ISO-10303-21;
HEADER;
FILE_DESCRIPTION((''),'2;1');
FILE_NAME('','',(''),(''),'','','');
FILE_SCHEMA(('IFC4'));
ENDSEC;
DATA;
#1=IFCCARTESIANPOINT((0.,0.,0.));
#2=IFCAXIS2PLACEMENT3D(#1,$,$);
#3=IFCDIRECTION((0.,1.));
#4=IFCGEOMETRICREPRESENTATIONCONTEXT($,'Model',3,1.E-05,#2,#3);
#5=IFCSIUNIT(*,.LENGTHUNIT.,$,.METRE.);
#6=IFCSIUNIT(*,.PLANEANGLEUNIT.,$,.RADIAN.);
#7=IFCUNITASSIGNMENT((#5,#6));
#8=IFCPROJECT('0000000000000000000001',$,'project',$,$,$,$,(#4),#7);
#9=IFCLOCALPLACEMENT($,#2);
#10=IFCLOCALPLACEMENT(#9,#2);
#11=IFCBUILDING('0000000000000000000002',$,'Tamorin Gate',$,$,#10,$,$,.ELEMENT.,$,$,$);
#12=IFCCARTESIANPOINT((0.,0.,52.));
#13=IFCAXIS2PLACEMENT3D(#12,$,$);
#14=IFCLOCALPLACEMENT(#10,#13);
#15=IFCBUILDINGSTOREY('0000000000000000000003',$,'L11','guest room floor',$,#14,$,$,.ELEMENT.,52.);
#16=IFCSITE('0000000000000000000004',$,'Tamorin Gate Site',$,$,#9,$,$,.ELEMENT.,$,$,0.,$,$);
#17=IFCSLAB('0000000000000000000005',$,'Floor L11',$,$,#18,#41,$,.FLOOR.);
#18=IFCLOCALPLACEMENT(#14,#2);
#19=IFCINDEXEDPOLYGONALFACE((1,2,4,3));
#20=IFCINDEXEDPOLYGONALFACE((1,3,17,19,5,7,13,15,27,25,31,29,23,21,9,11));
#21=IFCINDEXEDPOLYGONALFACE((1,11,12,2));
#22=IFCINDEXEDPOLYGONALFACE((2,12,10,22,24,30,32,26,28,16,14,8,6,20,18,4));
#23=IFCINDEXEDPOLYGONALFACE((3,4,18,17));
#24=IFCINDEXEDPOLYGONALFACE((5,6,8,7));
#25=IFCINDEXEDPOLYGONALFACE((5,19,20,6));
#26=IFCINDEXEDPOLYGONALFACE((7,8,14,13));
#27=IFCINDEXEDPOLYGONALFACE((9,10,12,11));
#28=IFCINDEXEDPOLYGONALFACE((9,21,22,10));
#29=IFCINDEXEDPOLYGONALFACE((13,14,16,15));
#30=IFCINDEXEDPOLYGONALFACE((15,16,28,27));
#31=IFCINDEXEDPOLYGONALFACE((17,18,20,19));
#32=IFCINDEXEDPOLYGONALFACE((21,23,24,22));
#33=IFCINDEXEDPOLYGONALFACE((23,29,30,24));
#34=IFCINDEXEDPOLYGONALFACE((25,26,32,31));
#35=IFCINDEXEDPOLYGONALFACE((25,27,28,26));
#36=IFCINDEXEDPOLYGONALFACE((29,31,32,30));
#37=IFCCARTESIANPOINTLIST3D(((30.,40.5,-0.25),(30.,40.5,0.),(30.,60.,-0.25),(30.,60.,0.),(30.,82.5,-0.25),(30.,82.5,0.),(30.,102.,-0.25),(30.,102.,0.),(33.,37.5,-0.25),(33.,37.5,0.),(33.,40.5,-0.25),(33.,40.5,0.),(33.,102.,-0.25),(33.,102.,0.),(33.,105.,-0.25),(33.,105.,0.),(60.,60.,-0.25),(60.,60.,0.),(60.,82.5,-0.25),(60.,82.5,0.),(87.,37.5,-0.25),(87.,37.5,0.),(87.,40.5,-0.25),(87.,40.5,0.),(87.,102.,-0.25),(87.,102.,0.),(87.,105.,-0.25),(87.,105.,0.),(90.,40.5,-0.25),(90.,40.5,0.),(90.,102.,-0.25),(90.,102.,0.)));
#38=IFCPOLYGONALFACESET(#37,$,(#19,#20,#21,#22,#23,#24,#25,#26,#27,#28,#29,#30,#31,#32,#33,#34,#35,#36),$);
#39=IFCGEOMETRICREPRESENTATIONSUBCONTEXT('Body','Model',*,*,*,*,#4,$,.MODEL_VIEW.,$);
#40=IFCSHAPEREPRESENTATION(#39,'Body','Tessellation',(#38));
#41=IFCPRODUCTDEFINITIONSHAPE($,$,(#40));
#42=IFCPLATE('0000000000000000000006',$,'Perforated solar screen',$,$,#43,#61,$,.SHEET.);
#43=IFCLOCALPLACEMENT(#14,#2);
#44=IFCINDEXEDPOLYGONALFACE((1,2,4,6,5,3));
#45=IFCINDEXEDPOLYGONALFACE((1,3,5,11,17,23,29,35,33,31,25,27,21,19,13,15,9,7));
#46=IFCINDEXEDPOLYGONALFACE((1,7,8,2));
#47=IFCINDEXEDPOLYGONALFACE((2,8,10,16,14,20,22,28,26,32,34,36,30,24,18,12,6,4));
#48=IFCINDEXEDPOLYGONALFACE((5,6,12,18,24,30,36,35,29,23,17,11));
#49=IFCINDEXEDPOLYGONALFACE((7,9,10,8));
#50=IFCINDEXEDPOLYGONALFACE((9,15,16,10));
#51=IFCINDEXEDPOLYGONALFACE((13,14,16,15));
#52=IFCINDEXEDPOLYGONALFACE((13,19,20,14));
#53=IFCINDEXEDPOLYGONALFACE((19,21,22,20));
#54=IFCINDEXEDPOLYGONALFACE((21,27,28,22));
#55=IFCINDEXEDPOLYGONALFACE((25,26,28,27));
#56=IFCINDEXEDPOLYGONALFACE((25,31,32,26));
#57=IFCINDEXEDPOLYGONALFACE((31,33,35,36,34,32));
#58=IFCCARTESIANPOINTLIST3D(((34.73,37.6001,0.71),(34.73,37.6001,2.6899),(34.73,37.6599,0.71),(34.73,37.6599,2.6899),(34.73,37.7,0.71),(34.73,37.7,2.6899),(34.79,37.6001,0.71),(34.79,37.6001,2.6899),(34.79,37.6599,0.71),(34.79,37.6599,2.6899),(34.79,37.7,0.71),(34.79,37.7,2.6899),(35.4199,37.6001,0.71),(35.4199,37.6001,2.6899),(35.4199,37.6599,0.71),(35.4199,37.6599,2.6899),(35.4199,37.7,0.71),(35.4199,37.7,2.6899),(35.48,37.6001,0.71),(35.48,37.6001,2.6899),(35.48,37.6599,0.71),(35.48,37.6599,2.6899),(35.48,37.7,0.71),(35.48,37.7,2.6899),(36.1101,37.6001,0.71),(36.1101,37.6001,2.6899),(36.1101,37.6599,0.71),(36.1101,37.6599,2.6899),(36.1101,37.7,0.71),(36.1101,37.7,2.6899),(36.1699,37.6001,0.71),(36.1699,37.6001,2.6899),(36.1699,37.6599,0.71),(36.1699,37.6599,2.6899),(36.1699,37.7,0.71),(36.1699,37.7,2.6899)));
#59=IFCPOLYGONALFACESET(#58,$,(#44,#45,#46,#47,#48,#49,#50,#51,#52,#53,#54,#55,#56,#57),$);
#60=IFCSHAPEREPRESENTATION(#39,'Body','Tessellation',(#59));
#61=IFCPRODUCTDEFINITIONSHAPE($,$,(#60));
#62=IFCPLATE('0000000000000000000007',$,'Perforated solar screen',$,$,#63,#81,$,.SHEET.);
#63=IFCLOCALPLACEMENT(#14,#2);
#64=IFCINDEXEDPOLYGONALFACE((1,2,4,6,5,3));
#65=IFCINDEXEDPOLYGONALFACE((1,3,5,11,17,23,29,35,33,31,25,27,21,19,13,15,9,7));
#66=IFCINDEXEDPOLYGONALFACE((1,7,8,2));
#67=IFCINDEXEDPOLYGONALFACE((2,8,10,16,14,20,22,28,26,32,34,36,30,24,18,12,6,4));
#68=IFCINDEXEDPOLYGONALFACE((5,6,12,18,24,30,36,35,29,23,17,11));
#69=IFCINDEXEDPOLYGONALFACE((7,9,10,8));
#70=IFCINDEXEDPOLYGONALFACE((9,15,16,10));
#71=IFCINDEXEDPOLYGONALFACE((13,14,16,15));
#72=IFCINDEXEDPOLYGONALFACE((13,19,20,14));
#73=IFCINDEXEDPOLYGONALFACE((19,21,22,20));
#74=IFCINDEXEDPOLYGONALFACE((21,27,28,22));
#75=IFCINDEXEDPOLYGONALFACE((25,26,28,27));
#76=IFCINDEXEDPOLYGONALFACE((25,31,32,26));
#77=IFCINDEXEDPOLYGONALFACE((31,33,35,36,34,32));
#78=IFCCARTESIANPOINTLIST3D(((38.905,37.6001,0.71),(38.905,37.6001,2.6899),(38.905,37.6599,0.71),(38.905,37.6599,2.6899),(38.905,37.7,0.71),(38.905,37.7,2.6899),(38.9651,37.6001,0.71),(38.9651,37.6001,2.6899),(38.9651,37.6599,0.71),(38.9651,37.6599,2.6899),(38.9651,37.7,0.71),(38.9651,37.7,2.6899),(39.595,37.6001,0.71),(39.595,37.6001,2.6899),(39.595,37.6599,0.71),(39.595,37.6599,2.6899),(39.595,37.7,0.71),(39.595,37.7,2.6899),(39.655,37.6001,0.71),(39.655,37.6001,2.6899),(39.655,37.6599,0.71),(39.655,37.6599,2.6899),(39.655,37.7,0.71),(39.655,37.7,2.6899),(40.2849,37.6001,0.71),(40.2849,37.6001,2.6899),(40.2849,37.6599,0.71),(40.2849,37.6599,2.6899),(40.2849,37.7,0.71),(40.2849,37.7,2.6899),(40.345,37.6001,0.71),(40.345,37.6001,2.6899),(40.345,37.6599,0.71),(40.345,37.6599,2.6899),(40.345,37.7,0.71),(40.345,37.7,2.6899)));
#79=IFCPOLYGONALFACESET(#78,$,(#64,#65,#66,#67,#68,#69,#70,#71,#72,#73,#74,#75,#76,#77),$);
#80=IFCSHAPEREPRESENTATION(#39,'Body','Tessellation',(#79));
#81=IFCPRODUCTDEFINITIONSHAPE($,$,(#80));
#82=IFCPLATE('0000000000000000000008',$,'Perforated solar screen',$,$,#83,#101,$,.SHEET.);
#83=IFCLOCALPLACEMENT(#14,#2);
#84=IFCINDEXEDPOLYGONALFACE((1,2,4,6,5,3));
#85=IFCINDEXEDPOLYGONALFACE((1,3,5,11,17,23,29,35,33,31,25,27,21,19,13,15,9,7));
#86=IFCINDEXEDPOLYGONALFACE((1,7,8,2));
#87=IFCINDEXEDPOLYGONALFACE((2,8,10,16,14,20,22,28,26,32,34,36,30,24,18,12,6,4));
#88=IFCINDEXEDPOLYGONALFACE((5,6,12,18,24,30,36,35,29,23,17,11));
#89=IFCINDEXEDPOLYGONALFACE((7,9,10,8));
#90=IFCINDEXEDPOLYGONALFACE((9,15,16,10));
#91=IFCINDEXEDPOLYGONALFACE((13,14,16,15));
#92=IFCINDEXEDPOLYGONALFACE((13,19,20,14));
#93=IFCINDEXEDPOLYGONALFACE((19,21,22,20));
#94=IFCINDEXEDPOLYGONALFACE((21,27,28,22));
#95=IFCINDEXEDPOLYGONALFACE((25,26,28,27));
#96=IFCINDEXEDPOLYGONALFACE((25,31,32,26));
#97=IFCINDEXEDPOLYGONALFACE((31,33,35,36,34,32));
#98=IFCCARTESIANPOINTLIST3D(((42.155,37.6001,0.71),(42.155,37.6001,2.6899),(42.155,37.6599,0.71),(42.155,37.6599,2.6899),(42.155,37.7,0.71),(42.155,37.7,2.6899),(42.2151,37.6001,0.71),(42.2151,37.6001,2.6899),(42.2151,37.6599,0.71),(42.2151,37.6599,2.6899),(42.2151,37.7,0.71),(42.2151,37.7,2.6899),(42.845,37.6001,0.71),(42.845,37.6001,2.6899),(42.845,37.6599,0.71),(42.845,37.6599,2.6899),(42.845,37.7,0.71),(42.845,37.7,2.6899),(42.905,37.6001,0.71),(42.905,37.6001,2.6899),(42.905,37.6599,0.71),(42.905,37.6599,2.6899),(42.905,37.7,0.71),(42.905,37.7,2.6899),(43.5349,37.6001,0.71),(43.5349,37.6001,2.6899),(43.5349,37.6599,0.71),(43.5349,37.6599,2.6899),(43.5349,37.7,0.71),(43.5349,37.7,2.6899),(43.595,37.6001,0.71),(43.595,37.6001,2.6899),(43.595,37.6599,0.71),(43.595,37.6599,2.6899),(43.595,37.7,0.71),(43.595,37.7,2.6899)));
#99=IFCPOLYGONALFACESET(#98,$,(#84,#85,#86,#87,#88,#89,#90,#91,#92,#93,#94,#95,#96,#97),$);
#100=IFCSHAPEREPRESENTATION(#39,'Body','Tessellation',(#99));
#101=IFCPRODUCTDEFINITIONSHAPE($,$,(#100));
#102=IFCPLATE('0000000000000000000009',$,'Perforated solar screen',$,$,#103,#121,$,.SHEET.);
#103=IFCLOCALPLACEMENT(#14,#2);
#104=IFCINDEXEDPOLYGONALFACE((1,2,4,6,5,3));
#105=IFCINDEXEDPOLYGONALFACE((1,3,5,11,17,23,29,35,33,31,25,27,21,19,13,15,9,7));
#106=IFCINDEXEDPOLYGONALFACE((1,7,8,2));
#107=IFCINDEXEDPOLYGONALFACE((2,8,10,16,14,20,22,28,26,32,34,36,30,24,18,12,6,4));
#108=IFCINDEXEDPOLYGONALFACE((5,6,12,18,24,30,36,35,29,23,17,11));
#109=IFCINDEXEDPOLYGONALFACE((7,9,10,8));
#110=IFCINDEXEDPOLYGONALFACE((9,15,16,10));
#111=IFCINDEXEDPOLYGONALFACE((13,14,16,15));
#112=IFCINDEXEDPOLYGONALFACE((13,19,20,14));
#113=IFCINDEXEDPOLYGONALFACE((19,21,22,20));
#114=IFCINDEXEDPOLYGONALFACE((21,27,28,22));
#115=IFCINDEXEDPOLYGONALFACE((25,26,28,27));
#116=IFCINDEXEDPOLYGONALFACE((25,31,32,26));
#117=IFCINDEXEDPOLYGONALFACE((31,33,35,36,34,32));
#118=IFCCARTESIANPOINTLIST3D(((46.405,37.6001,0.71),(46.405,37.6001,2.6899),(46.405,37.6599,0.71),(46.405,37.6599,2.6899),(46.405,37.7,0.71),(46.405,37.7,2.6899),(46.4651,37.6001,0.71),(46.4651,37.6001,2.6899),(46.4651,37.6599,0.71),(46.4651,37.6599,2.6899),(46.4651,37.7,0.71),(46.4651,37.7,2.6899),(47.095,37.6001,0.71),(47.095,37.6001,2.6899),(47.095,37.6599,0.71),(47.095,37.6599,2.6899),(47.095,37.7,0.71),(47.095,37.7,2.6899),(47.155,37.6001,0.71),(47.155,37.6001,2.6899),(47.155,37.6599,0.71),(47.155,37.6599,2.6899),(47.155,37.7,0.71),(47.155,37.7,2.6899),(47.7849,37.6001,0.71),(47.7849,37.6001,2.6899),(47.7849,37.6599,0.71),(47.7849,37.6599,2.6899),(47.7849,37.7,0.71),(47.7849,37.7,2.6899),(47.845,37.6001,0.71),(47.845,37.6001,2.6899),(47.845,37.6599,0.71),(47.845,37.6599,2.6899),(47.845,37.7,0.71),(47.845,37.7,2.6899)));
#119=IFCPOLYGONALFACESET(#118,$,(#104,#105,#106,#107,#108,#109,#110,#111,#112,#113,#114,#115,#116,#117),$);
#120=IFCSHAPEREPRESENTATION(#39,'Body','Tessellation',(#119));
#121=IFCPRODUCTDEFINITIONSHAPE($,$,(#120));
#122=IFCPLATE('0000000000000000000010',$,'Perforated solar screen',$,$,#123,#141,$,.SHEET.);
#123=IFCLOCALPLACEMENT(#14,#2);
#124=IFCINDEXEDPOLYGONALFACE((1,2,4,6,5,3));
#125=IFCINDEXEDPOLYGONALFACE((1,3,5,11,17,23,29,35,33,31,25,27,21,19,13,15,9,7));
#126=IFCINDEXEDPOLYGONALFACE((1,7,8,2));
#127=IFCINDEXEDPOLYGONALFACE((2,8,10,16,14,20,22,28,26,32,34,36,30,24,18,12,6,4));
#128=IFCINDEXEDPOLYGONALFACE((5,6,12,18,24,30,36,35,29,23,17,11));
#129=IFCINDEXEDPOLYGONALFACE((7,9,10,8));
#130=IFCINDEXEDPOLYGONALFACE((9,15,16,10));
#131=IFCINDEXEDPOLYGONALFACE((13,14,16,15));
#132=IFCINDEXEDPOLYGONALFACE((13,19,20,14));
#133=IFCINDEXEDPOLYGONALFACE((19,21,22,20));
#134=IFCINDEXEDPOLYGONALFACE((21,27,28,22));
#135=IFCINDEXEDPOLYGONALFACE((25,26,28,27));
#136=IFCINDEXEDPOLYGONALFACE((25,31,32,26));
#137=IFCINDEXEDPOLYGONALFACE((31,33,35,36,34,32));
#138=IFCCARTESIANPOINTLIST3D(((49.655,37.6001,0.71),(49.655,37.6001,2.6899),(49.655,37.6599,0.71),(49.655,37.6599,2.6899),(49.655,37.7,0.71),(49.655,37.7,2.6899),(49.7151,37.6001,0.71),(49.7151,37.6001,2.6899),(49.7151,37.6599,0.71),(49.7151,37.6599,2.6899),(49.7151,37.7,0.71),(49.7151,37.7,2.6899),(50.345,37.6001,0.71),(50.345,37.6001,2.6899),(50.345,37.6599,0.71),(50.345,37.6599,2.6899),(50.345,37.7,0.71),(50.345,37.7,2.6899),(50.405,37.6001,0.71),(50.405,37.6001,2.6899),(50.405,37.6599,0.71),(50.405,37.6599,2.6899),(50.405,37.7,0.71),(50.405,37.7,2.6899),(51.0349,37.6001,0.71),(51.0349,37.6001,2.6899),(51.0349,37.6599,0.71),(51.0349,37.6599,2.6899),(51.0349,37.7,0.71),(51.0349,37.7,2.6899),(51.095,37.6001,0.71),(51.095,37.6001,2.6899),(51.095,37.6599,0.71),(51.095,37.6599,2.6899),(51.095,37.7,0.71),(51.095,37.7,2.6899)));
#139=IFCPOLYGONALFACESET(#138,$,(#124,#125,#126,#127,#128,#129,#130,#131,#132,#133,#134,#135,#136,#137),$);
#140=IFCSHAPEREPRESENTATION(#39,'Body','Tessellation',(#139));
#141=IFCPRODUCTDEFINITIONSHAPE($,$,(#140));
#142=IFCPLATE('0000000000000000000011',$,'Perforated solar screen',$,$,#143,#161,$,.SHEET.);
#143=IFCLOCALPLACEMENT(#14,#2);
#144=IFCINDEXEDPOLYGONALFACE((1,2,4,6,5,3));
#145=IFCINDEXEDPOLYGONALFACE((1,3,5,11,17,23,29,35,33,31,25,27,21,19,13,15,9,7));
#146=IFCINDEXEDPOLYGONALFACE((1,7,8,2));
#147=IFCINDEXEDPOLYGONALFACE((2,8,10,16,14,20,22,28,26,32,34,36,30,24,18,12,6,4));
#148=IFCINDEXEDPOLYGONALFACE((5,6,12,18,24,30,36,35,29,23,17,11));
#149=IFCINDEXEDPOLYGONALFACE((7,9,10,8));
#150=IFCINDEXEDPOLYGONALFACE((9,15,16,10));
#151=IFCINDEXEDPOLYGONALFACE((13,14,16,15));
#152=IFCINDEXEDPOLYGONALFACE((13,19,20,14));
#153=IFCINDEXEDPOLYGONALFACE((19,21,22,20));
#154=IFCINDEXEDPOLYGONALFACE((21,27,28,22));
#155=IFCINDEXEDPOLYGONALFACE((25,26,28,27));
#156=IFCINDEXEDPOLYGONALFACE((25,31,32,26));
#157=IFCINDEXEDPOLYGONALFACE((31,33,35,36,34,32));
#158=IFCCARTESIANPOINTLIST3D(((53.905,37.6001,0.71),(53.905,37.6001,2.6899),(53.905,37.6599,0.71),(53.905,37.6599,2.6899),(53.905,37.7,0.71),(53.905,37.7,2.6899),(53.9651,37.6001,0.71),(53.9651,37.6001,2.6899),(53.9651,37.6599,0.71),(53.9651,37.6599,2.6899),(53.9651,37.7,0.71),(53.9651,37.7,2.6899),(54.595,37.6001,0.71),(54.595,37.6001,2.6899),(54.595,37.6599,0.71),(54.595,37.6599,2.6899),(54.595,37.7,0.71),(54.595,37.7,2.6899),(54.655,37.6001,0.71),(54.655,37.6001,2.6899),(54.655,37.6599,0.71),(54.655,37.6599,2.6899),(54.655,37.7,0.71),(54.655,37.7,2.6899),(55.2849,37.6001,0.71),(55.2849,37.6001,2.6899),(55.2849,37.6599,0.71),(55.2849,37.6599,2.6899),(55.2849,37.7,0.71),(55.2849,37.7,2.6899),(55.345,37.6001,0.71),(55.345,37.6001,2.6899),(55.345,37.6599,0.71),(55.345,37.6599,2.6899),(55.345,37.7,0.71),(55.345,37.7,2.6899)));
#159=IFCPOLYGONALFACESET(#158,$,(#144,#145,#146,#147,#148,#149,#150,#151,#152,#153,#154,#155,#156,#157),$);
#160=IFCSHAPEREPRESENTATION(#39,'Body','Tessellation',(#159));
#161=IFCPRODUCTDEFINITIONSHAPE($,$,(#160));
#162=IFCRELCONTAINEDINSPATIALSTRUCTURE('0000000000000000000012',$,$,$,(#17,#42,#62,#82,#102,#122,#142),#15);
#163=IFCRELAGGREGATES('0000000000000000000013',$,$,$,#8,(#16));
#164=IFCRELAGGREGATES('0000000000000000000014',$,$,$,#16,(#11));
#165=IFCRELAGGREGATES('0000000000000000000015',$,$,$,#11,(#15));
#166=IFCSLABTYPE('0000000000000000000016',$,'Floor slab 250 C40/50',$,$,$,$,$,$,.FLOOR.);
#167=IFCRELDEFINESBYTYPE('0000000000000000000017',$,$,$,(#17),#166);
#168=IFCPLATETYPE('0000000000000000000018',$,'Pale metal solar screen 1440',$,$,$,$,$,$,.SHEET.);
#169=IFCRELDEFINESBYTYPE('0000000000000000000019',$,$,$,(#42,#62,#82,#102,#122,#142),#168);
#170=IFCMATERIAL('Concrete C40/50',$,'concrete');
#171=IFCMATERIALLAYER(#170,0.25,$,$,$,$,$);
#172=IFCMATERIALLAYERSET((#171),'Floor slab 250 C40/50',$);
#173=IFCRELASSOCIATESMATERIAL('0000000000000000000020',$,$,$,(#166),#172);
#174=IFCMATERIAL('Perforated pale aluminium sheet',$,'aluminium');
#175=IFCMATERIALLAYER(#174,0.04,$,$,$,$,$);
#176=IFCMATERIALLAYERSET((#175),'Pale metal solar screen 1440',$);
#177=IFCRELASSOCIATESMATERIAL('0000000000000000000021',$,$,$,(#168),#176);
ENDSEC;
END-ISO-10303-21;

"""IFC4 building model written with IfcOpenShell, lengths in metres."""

from ifc_helpers import new_model, si_unit, direction, frame, origin, place, context, subcontext, project, spatial, polyline, outline, extrude, material, layer, layer_set, type_object, element, save


model = new_model("IFC4")

# Units and contexts
model_context = context("Model", 3, precision=1e-05, world=origin(), true_north=direction((0.0, 1.0)))
body_context = subcontext(model_context, "Body", "Model", "MODEL_VIEW")
ifc_project = project(units=[si_unit("LENGTHUNIT", "METRE"), si_unit("PLANEANGLEUNIT", "RADIAN")], contexts=[model_context])

# Site, building, storey
site_placement = place(None, origin())
site = spatial("IfcSite", under=ifc_project, at=site_placement, Name="Tamorin Gate Site", CompositionType="ELEMENT", RefElevation=0.0)
building_placement = place(site_placement, origin())
building = spatial("IfcBuilding", under=site, at=building_placement, Name="Tamorin Gate", CompositionType="ELEMENT")
storey_placement = place(building_placement, frame((0.0, 0.0, 52.0)))
storey = spatial("IfcBuildingStorey", under=building, at=storey_placement, Name="L11", Description="guest room floor", CompositionType="ELEMENT", Elevation=52.0)

# Slab
ifc_material_1 = material(Name="Concrete C40/50", Category="concrete")
ifc_layer_1 = layer(ifc_material_1, 0.25)
ifc_layer_set_1 = layer_set([ifc_layer_1], Name="Floor slab 250 C40/50")
slab_type = type_object("IfcSlabType", Name="Floor slab 250 C40/50", PredefinedType="FLOOR", material=ifc_layer_set_1)
slab_placement = place(storey_placement, frame((0.0, 0.0, -0.25)))
element("IfcSlab", 1, at=slab_placement, inside=storey, type_object=slab_type, Name="Floor L11", PredefinedType="FLOOR", context=body_context, shape_type="SweptSolid", body=[
    extrude(outline(polyline([(30.0, 102.0), (33.0, 102.0), (33.0, 105.0), (87.0, 105.0), (87.0, 102.0), (90.0, 102.0), (90.0, 40.5), (87.0, 40.5), (87.0, 37.5), (33.0, 37.5), (33.0, 40.5), (30.0, 40.5), (30.0, 60.0), (60.0, 60.0), (60.0, 82.5), (30.0, 82.5), (30.0, 102.0)])), origin(), (0.0, 0.0, 1.0), 0.25),
])

# Plates
ifc_material_2 = material(Name="Perforated pale aluminium sheet", Category="aluminium")
ifc_layer_2 = layer(ifc_material_2, 0.04)
ifc_layer_set_2 = layer_set([ifc_layer_2], Name="Pale metal solar screen 1440")
plate_type = type_object("IfcPlateType", Name="Pale metal solar screen 1440", PredefinedType="SHEET", material=ifc_layer_set_2)
plate_1_placement = place(storey_placement, frame((0.0, 0.0, 0.71)))
element("IfcPlate", 2, at=plate_1_placement, inside=storey, type_object=plate_type, Name="Perforated solar screen", PredefinedType="SHEET", context=body_context, shape_type="SweptSolid", body=[
    extrude(outline(polyline([(34.73, 37.6599), (34.73, 37.7), (34.79, 37.7), (35.4199, 37.7), (35.48, 37.7), (36.1101, 37.7), (36.1699, 37.7), (36.1699, 37.6599), (36.1699, 37.6001), (36.1101, 37.6001), (36.1101, 37.6599), (35.48, 37.6599), (35.48, 37.6001), (35.4199, 37.6001), (35.4199, 37.6599), (34.79, 37.6599), (34.79, 37.6001), (34.73, 37.6001), (34.73, 37.6599)])), origin(), (0.0, 0.0, 1.0), 1.98),
])
plate_2_placement = place(storey_placement, frame((0.0, 0.0, 0.71)))
element("IfcPlate", 3, at=plate_2_placement, inside=storey, type_object=plate_type, Name="Perforated solar screen", PredefinedType="SHEET", context=body_context, shape_type="SweptSolid", body=[
    extrude(outline(polyline([(38.905, 37.6599), (38.905, 37.7), (38.9651, 37.7), (39.595, 37.7), (39.655, 37.7), (40.2849, 37.7), (40.345, 37.7), (40.345, 37.7), (40.345, 37.6599), (40.345, 37.6599), (40.345, 37.6001), (40.2849, 37.6001), (40.2849, 37.6599), (39.655, 37.6599), (39.655, 37.6001), (39.595, 37.6001), (39.595, 37.6599), (38.9651, 37.6599), (38.9651, 37.6001), (38.905, 37.6001), (38.905, 37.6599)])), origin(), (0.0, 0.0, 1.0), 1.98),
])
plate_3_placement = place(storey_placement, frame((0.0, 0.0, 0.71)))
element("IfcPlate", 4, at=plate_3_placement, inside=storey, type_object=plate_type, Name="Perforated solar screen", PredefinedType="SHEET", context=body_context, shape_type="SweptSolid", body=[
    extrude(outline(polyline([(42.155, 37.6599), (42.155, 37.7), (42.2151, 37.7), (42.845, 37.7), (42.905, 37.7), (43.5349, 37.7), (43.595, 37.7), (43.595, 37.6599), (43.595, 37.6001), (43.5349, 37.6001), (43.5349, 37.6599), (42.905, 37.6599), (42.905, 37.6001), (42.845, 37.6001), (42.845, 37.6599), (42.2151, 37.6599), (42.2151, 37.6001), (42.155, 37.6001), (42.155, 37.6599)])), origin(), (0.0, 0.0, 1.0), 1.98),
])
plate_4_placement = place(storey_placement, frame((0.0, 0.0, 0.71)))
element("IfcPlate", 5, at=plate_4_placement, inside=storey, type_object=plate_type, Name="Perforated solar screen", PredefinedType="SHEET", context=body_context, shape_type="SweptSolid", body=[
    extrude(outline(polyline([(46.405, 37.6599), (46.405, 37.7), (46.4651, 37.7), (47.095, 37.7), (47.155, 37.7), (47.7849, 37.7), (47.845, 37.7), (47.845, 37.6599), (47.845, 37.6001), (47.7849, 37.6001), (47.7849, 37.6599), (47.155, 37.6599), (47.155, 37.6001), (47.095, 37.6001), (47.095, 37.6599), (46.4651, 37.6599), (46.4651, 37.6001), (46.405, 37.6001), (46.405, 37.6599)])), origin(), (0.0, 0.0, 1.0), 1.98),
])
plate_5_placement = place(storey_placement, frame((0.0, 0.0, 0.71)))
element("IfcPlate", 6, at=plate_5_placement, inside=storey, type_object=plate_type, Name="Perforated solar screen", PredefinedType="SHEET", context=body_context, shape_type="SweptSolid", body=[
    extrude(outline(polyline([(49.655, 37.6599), (49.655, 37.7), (49.7151, 37.7), (50.345, 37.7), (50.405, 37.7), (51.0349, 37.7), (51.095, 37.7), (51.095, 37.6599), (51.095, 37.6001), (51.0349, 37.6001), (51.0349, 37.6599), (50.405, 37.6599), (50.405, 37.6001), (50.345, 37.6001), (50.345, 37.6599), (49.7151, 37.6599), (49.7151, 37.6001), (49.655, 37.6001), (49.655, 37.6599)])), origin(), (0.0, 0.0, 1.0), 1.98),
])
plate_6_placement = place(storey_placement, frame((0.0, 0.0, 0.71)))
element("IfcPlate", 7, at=plate_6_placement, inside=storey, type_object=plate_type, Name="Perforated solar screen", PredefinedType="SHEET", context=body_context, shape_type="SweptSolid", body=[
    extrude(outline(polyline([(53.905, 37.6599), (53.905, 37.7), (53.9651, 37.7), (54.595, 37.7), (54.655, 37.7), (55.2849, 37.7), (55.345, 37.7), (55.345, 37.6599), (55.345, 37.6001), (55.2849, 37.6001), (55.2849, 37.6599), (54.655, 37.6599), (54.655, 37.6001), (54.595, 37.6001), (54.595, 37.6599), (53.9651, 37.6599), (53.9651, 37.6001), (53.905, 37.6001), (53.905, 37.6599)])), origin(), (0.0, 0.0, 1.0), 1.98),
])

save(model, "model.ifc")
